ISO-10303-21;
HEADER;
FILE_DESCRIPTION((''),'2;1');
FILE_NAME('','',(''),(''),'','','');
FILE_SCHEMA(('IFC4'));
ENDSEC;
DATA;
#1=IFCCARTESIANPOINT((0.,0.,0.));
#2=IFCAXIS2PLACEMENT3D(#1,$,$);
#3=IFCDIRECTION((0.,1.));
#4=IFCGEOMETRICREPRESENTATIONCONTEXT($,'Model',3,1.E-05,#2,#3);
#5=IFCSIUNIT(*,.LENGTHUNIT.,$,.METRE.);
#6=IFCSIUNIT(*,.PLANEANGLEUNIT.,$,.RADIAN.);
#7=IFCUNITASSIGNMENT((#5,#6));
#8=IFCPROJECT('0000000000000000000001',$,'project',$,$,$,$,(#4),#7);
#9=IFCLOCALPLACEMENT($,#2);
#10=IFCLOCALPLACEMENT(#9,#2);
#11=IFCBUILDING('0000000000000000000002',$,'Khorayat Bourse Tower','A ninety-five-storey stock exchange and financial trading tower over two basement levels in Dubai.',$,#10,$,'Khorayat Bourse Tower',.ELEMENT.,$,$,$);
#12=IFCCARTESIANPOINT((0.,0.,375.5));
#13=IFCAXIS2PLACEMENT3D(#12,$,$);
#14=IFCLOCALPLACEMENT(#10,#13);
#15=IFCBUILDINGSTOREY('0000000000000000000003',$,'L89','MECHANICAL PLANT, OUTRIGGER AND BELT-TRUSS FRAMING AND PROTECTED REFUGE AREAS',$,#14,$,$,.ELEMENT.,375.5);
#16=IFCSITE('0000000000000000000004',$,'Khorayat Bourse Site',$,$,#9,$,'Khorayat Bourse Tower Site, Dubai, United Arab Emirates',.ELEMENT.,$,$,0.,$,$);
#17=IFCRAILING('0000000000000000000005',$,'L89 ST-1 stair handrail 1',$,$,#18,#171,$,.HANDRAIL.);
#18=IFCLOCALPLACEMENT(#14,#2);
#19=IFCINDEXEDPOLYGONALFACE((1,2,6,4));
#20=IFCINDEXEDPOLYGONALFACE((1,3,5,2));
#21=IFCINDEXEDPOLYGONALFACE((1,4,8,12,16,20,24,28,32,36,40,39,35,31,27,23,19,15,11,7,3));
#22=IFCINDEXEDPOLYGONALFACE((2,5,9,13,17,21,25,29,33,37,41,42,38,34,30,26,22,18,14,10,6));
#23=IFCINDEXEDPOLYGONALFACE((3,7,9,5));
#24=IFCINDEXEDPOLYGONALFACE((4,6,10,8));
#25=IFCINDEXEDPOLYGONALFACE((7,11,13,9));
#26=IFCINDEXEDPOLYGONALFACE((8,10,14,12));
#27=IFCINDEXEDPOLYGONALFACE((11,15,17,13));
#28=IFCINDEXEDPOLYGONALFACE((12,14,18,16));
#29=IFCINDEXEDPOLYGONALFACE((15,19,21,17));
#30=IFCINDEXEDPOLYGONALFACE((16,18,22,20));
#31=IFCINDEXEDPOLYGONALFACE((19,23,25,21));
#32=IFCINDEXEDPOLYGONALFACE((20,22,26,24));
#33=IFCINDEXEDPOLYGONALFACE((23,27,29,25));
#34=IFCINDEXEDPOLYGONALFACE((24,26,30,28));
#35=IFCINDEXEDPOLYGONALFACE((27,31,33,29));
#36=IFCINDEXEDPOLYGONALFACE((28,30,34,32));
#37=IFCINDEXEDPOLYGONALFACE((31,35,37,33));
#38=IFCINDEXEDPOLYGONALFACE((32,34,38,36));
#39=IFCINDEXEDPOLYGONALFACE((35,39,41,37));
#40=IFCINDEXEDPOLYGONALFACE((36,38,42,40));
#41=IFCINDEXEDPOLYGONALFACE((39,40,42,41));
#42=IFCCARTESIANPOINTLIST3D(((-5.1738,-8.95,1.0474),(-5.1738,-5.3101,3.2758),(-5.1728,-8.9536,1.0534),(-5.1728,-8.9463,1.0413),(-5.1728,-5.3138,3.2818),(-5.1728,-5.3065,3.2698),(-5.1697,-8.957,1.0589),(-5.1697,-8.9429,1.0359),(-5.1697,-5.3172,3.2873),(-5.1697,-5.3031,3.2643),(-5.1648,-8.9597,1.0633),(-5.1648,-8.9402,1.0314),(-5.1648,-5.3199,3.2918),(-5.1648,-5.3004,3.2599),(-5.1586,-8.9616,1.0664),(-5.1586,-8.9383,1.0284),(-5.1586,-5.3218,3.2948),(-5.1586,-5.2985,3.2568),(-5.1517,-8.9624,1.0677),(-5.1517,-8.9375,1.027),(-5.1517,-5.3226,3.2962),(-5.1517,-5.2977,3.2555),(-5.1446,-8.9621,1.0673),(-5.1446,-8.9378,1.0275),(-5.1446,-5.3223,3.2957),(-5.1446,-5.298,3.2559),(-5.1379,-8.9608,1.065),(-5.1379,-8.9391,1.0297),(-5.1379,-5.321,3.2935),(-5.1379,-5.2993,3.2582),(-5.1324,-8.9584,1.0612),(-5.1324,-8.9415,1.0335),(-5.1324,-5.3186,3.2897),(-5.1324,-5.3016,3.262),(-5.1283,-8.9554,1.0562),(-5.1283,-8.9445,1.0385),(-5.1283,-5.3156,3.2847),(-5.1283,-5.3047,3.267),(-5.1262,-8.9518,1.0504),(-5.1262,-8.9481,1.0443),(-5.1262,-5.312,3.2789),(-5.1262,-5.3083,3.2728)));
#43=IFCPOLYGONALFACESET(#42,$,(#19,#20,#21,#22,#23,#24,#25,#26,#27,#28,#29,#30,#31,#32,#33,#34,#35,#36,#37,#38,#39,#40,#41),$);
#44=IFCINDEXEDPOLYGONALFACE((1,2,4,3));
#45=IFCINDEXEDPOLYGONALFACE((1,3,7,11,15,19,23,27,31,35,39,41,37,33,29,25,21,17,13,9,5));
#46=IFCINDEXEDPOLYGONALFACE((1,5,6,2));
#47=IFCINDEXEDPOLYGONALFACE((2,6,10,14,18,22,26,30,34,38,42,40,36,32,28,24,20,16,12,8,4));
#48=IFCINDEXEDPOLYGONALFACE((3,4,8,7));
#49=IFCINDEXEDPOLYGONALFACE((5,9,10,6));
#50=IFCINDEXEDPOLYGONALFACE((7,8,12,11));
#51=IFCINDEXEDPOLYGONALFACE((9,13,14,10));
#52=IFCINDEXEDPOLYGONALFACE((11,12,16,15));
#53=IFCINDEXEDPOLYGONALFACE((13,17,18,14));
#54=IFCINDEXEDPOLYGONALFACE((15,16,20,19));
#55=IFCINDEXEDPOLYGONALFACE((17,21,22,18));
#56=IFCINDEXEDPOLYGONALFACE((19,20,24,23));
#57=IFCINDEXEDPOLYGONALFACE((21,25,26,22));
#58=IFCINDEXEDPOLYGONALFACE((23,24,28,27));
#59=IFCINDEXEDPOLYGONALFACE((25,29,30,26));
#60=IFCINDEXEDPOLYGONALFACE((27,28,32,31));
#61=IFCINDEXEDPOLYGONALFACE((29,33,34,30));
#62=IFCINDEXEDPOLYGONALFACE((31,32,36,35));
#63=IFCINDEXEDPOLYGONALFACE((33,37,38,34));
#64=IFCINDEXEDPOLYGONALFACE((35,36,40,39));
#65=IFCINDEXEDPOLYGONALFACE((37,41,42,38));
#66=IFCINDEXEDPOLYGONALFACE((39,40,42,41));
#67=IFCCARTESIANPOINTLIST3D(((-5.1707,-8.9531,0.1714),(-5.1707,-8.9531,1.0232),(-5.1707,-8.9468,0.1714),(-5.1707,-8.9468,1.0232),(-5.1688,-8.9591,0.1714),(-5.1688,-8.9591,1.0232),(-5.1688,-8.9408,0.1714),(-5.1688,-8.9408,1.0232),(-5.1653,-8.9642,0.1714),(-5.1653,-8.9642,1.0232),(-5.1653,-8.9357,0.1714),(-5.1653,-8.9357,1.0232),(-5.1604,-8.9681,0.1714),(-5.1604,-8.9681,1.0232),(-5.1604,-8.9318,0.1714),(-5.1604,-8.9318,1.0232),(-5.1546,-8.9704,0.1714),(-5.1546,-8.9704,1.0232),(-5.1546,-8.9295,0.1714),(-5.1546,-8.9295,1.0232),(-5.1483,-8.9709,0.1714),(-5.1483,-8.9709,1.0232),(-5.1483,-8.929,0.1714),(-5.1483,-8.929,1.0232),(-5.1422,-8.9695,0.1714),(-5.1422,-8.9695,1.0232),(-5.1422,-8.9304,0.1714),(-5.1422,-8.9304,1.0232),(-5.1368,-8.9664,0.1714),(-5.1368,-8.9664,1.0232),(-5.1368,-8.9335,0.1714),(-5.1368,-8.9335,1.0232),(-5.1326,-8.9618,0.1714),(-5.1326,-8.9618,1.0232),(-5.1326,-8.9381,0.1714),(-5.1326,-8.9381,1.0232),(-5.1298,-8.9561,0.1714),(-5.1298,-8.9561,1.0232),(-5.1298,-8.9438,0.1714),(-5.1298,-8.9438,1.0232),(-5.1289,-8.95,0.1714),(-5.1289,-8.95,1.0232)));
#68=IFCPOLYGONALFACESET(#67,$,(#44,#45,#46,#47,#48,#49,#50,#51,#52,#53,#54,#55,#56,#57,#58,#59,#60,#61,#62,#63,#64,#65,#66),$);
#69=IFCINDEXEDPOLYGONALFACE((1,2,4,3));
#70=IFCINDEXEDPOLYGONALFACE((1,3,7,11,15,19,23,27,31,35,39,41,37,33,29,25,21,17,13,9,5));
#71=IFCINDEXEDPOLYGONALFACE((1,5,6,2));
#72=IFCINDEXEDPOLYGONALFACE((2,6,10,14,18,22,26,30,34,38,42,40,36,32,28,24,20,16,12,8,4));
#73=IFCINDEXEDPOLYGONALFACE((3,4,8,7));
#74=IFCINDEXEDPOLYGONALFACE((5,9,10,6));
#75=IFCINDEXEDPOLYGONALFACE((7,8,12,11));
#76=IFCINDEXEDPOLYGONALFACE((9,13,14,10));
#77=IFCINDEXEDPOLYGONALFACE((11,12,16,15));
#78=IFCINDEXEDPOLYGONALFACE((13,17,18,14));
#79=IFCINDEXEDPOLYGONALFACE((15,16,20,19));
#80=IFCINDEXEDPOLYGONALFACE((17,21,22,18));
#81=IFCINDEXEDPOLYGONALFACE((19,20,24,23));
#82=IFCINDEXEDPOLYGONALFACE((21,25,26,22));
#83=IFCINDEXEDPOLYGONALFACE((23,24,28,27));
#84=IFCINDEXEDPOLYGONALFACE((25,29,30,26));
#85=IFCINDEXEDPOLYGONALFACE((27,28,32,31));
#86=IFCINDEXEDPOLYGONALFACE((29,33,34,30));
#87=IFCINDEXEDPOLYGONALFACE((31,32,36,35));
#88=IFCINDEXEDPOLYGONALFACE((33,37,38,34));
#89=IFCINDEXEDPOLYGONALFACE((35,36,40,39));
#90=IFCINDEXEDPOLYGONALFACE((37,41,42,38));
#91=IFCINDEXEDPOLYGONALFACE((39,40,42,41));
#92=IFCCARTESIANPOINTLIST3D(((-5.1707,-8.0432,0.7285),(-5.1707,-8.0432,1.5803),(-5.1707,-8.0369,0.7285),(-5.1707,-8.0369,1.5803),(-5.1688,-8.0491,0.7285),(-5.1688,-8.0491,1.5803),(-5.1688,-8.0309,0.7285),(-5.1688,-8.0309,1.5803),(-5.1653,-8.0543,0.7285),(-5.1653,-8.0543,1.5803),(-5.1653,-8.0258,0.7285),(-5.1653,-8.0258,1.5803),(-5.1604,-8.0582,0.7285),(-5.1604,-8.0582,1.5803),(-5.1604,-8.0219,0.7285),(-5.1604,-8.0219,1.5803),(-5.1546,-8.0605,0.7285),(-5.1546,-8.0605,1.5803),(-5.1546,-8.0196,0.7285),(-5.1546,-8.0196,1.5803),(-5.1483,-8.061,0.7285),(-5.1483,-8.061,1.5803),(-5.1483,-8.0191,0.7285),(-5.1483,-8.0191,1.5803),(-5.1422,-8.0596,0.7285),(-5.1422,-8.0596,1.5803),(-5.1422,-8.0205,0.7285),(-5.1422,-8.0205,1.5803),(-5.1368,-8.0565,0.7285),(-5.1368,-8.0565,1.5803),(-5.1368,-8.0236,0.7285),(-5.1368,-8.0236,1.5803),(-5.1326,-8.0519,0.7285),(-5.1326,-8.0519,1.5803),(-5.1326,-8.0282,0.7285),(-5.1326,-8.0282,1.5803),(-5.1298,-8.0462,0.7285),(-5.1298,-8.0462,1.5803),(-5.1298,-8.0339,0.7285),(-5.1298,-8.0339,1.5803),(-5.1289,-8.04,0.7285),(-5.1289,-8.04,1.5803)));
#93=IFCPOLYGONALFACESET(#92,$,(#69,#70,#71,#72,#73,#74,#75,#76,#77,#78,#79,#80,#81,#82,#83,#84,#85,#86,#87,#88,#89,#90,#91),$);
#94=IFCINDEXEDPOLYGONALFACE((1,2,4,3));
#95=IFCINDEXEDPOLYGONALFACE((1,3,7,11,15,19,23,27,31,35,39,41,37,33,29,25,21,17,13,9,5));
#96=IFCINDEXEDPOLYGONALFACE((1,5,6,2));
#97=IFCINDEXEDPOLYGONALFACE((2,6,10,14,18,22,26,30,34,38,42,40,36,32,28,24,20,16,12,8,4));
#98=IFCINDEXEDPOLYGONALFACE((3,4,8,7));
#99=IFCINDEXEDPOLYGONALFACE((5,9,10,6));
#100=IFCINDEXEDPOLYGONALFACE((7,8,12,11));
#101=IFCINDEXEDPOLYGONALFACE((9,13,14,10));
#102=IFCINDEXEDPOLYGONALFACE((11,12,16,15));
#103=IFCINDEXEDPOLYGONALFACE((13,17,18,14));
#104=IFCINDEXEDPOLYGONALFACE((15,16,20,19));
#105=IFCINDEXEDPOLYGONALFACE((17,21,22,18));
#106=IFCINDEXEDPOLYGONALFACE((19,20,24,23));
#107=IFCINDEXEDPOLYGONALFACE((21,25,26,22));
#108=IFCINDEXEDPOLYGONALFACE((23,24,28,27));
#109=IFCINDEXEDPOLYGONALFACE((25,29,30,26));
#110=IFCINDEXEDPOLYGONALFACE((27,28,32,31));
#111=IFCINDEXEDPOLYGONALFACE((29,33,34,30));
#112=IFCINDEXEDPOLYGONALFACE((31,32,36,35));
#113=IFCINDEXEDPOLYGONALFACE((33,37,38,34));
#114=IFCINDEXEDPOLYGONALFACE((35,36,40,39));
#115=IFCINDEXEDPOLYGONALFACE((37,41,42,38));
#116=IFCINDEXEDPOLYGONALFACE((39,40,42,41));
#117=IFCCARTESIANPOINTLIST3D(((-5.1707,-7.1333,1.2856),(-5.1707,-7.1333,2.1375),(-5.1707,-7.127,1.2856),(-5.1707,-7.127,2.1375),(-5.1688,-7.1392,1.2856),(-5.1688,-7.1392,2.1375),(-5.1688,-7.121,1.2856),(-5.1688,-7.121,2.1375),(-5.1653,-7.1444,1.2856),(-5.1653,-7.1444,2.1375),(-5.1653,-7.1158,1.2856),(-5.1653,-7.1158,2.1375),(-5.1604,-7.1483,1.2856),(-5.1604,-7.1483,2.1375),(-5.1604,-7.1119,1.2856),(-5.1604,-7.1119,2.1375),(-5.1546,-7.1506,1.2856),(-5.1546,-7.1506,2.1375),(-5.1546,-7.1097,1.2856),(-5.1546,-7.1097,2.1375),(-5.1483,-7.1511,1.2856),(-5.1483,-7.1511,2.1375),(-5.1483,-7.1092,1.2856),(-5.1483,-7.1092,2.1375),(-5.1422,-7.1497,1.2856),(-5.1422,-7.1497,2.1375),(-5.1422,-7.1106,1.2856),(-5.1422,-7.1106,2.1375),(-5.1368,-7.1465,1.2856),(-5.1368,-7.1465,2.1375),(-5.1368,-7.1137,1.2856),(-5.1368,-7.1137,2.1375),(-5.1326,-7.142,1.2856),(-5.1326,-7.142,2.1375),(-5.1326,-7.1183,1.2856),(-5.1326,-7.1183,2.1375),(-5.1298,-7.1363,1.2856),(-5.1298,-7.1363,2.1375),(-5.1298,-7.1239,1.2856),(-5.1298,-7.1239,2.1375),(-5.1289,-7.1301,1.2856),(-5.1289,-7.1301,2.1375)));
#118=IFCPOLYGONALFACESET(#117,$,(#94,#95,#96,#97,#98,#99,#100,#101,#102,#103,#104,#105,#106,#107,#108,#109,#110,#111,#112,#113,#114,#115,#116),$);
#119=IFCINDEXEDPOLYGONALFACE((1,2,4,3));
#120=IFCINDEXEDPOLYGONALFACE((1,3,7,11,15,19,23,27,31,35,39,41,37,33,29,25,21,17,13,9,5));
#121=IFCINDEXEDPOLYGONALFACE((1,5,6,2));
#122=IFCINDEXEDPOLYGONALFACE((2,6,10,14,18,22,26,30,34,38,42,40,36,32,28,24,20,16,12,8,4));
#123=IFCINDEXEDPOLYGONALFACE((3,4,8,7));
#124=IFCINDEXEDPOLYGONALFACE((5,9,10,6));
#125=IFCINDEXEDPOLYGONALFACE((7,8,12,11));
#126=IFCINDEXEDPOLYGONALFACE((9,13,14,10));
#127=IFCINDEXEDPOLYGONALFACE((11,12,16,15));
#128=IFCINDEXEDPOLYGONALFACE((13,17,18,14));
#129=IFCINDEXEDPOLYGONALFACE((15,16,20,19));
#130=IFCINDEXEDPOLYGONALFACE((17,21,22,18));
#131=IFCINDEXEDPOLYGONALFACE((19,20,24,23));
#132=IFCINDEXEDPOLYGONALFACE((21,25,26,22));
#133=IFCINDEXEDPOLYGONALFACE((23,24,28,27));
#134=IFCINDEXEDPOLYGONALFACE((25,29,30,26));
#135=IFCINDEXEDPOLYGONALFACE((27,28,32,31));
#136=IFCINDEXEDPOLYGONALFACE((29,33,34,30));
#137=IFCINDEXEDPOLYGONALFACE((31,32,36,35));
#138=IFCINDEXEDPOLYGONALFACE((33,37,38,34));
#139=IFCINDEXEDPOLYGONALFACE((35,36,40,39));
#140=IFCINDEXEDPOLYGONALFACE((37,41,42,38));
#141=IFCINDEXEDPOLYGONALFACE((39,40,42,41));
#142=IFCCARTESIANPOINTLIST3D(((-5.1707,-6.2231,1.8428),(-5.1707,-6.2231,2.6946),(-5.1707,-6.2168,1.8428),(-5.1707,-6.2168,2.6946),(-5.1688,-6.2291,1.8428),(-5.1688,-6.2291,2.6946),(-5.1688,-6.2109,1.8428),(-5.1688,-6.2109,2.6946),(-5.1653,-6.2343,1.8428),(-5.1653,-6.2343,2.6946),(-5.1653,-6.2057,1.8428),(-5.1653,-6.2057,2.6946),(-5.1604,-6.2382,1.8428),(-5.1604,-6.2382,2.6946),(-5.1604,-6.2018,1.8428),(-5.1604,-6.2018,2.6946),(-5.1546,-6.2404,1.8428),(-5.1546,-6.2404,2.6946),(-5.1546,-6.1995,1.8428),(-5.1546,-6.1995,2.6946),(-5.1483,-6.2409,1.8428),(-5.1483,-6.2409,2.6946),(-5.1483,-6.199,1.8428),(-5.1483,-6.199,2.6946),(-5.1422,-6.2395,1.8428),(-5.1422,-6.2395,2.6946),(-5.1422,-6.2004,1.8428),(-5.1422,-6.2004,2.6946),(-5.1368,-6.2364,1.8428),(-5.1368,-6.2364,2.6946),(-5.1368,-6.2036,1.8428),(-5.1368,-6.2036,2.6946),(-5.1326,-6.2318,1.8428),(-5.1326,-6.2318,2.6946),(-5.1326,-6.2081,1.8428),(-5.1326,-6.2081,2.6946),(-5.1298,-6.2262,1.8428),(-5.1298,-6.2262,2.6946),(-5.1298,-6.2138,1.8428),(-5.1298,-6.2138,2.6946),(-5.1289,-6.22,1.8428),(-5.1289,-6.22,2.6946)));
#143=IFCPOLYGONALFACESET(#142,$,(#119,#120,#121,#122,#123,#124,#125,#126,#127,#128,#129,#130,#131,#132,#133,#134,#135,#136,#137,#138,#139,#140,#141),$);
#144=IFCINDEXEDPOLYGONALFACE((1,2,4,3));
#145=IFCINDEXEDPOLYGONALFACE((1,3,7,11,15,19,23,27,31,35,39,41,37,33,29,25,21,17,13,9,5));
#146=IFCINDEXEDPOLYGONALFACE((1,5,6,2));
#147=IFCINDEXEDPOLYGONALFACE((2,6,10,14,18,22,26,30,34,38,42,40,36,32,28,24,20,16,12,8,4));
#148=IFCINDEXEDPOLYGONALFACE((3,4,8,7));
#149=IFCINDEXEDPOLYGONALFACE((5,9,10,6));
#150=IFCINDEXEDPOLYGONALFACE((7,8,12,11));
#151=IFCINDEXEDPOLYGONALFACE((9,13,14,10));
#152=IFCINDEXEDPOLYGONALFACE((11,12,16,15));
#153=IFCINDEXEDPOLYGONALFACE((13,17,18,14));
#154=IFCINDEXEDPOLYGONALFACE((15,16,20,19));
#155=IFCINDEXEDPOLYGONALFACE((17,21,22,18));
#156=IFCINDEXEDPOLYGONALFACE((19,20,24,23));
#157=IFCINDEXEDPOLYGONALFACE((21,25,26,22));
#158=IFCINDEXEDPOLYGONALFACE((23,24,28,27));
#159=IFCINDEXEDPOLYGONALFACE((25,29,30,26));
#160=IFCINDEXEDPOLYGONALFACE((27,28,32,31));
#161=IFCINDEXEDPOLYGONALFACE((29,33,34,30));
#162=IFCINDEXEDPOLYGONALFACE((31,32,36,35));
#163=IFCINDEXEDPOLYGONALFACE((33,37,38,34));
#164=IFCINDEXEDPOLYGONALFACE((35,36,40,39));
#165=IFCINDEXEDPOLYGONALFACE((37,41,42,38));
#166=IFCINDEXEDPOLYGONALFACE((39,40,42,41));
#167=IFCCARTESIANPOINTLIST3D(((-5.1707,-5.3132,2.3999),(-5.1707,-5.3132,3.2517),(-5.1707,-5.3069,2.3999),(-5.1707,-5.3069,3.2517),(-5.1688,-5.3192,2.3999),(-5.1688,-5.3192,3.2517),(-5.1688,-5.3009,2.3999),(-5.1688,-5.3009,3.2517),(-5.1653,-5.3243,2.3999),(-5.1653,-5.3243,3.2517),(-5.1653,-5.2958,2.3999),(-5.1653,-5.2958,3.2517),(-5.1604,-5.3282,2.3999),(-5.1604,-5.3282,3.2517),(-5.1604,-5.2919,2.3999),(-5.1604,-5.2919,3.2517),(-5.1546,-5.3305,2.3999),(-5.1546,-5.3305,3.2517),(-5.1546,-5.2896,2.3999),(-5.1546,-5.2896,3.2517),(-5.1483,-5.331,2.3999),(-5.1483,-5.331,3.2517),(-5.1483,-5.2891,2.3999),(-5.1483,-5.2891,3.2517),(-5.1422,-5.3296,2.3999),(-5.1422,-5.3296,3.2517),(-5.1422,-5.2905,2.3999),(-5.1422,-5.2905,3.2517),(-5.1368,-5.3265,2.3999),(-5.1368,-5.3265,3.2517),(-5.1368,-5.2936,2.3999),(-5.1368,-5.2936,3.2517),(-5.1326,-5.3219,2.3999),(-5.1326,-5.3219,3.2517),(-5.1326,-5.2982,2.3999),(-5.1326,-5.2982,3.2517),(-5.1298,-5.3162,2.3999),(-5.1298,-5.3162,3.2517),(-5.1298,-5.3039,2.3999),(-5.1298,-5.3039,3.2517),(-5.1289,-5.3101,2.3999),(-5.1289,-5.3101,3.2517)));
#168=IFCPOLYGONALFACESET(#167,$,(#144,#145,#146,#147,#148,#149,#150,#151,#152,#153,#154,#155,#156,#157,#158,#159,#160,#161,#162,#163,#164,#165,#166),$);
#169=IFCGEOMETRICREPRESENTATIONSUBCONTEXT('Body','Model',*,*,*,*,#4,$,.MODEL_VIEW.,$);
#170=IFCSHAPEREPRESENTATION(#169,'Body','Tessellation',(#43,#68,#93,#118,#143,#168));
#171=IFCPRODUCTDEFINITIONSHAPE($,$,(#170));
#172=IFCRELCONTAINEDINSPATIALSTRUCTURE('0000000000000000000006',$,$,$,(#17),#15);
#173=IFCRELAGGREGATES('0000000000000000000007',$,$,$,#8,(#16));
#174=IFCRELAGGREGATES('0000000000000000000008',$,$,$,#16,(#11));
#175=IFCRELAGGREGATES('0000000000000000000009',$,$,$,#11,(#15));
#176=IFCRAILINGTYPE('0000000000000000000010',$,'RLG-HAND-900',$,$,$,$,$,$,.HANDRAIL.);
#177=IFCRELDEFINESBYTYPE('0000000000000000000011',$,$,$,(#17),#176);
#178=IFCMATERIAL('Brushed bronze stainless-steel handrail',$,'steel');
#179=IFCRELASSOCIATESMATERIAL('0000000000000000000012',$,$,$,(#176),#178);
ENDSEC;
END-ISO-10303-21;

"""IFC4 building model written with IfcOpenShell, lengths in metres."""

from ifc_helpers import new_model, si_unit, direction, frame, origin, origin_2d, place, context, subcontext, project, spatial, circle, extrude, source, transform, mapped, material, type_object, element, save


model = new_model("IFC4")

# Units and contexts
model_context = context("Model", 3, precision=1e-05, world=origin(), true_north=direction((0.0, 1.0)))
body_context = subcontext(model_context, "Body", "Model", "MODEL_VIEW")
ifc_project = project(units=[si_unit("LENGTHUNIT", "METRE"), si_unit("PLANEANGLEUNIT", "RADIAN")], contexts=[model_context])

# Site, building, storey
site_placement = place(None, origin())
site = spatial("IfcSite", under=ifc_project, at=site_placement, Name="Khorayat Bourse Site", LongName="Khorayat Bourse Tower Site, Dubai, United Arab Emirates", CompositionType="ELEMENT", RefElevation=0.0)
building_placement = place(site_placement, origin())
building = spatial("IfcBuilding", under=site, at=building_placement, Name="Khorayat Bourse Tower", Description="A ninety-five-storey stock exchange and financial trading tower over two basement levels in Dubai.", LongName="Khorayat Bourse Tower", CompositionType="ELEMENT")
storey_placement = place(building_placement, frame((0.0, 0.0, 375.5)))
storey = spatial("IfcBuildingStorey", under=building, at=storey_placement, Name="L89", Description="MECHANICAL PLANT, OUTRIGGER AND BELT-TRUSS FRAMING AND PROTECTED REFUGE AREAS", CompositionType="ELEMENT", Elevation=375.5)

# Railing
ifc_material_1 = material(Name="Brushed bronze stainless-steel handrail", Category="steel")
railing_type_1 = type_object("IfcRailingType", Name="RLG-HAND-900", PredefinedType="HANDRAIL", material=ifc_material_1)
shared_shape_1 = source(origin(), body_context, "Body", "SweptSolid", [
    extrude(circle(Radius=0.0239, at=origin_2d()), frame((0.0, 0.0, 0.876), z_axis=(0.0, 0.85285, 0.522156), x_axis=(-1.0, 0.0, 0.0)), (0.0, 0.0, 1.0), 4.2678),
    extrude(circle(Radius=0.021, at=origin_2d()), origin(), (0.0, 0.0, 1.0), 0.8518),
    extrude(circle(Radius=0.021, at=origin_2d()), frame((0.0, 0.9099, 0.5571)), (0.0, 0.0, 1.0), 0.8518),
    extrude(circle(Radius=0.021, at=origin_2d()), frame((0.0, 1.8198, 1.1143)), (0.0, 0.0, 1.0), 0.8518),
    extrude(circle(Radius=0.021, at=origin_2d()), frame((0.0, 2.73, 1.6714)), (0.0, 0.0, 1.0), 0.8518),
    extrude(circle(Radius=0.021, at=origin_2d()), frame((0.0, 3.6399, 2.2285)), (0.0, 0.0, 1.0), 0.8518),
])
railing_1_placement = place(storey_placement, frame((-5.1499, -8.95, 0.1714)))
element("IfcRailing", 1, at=railing_1_placement, inside=storey, type_object=railing_type_1, Name="L89 ST-1 stair handrail 1", PredefinedType="HANDRAIL", context=body_context, shape_type="MappedRepresentation", body=[
    mapped(shared_shape_1, transform((0.0, 0.0, 0.0), scale=1.0)),
])

save(model, "model.ifc")
